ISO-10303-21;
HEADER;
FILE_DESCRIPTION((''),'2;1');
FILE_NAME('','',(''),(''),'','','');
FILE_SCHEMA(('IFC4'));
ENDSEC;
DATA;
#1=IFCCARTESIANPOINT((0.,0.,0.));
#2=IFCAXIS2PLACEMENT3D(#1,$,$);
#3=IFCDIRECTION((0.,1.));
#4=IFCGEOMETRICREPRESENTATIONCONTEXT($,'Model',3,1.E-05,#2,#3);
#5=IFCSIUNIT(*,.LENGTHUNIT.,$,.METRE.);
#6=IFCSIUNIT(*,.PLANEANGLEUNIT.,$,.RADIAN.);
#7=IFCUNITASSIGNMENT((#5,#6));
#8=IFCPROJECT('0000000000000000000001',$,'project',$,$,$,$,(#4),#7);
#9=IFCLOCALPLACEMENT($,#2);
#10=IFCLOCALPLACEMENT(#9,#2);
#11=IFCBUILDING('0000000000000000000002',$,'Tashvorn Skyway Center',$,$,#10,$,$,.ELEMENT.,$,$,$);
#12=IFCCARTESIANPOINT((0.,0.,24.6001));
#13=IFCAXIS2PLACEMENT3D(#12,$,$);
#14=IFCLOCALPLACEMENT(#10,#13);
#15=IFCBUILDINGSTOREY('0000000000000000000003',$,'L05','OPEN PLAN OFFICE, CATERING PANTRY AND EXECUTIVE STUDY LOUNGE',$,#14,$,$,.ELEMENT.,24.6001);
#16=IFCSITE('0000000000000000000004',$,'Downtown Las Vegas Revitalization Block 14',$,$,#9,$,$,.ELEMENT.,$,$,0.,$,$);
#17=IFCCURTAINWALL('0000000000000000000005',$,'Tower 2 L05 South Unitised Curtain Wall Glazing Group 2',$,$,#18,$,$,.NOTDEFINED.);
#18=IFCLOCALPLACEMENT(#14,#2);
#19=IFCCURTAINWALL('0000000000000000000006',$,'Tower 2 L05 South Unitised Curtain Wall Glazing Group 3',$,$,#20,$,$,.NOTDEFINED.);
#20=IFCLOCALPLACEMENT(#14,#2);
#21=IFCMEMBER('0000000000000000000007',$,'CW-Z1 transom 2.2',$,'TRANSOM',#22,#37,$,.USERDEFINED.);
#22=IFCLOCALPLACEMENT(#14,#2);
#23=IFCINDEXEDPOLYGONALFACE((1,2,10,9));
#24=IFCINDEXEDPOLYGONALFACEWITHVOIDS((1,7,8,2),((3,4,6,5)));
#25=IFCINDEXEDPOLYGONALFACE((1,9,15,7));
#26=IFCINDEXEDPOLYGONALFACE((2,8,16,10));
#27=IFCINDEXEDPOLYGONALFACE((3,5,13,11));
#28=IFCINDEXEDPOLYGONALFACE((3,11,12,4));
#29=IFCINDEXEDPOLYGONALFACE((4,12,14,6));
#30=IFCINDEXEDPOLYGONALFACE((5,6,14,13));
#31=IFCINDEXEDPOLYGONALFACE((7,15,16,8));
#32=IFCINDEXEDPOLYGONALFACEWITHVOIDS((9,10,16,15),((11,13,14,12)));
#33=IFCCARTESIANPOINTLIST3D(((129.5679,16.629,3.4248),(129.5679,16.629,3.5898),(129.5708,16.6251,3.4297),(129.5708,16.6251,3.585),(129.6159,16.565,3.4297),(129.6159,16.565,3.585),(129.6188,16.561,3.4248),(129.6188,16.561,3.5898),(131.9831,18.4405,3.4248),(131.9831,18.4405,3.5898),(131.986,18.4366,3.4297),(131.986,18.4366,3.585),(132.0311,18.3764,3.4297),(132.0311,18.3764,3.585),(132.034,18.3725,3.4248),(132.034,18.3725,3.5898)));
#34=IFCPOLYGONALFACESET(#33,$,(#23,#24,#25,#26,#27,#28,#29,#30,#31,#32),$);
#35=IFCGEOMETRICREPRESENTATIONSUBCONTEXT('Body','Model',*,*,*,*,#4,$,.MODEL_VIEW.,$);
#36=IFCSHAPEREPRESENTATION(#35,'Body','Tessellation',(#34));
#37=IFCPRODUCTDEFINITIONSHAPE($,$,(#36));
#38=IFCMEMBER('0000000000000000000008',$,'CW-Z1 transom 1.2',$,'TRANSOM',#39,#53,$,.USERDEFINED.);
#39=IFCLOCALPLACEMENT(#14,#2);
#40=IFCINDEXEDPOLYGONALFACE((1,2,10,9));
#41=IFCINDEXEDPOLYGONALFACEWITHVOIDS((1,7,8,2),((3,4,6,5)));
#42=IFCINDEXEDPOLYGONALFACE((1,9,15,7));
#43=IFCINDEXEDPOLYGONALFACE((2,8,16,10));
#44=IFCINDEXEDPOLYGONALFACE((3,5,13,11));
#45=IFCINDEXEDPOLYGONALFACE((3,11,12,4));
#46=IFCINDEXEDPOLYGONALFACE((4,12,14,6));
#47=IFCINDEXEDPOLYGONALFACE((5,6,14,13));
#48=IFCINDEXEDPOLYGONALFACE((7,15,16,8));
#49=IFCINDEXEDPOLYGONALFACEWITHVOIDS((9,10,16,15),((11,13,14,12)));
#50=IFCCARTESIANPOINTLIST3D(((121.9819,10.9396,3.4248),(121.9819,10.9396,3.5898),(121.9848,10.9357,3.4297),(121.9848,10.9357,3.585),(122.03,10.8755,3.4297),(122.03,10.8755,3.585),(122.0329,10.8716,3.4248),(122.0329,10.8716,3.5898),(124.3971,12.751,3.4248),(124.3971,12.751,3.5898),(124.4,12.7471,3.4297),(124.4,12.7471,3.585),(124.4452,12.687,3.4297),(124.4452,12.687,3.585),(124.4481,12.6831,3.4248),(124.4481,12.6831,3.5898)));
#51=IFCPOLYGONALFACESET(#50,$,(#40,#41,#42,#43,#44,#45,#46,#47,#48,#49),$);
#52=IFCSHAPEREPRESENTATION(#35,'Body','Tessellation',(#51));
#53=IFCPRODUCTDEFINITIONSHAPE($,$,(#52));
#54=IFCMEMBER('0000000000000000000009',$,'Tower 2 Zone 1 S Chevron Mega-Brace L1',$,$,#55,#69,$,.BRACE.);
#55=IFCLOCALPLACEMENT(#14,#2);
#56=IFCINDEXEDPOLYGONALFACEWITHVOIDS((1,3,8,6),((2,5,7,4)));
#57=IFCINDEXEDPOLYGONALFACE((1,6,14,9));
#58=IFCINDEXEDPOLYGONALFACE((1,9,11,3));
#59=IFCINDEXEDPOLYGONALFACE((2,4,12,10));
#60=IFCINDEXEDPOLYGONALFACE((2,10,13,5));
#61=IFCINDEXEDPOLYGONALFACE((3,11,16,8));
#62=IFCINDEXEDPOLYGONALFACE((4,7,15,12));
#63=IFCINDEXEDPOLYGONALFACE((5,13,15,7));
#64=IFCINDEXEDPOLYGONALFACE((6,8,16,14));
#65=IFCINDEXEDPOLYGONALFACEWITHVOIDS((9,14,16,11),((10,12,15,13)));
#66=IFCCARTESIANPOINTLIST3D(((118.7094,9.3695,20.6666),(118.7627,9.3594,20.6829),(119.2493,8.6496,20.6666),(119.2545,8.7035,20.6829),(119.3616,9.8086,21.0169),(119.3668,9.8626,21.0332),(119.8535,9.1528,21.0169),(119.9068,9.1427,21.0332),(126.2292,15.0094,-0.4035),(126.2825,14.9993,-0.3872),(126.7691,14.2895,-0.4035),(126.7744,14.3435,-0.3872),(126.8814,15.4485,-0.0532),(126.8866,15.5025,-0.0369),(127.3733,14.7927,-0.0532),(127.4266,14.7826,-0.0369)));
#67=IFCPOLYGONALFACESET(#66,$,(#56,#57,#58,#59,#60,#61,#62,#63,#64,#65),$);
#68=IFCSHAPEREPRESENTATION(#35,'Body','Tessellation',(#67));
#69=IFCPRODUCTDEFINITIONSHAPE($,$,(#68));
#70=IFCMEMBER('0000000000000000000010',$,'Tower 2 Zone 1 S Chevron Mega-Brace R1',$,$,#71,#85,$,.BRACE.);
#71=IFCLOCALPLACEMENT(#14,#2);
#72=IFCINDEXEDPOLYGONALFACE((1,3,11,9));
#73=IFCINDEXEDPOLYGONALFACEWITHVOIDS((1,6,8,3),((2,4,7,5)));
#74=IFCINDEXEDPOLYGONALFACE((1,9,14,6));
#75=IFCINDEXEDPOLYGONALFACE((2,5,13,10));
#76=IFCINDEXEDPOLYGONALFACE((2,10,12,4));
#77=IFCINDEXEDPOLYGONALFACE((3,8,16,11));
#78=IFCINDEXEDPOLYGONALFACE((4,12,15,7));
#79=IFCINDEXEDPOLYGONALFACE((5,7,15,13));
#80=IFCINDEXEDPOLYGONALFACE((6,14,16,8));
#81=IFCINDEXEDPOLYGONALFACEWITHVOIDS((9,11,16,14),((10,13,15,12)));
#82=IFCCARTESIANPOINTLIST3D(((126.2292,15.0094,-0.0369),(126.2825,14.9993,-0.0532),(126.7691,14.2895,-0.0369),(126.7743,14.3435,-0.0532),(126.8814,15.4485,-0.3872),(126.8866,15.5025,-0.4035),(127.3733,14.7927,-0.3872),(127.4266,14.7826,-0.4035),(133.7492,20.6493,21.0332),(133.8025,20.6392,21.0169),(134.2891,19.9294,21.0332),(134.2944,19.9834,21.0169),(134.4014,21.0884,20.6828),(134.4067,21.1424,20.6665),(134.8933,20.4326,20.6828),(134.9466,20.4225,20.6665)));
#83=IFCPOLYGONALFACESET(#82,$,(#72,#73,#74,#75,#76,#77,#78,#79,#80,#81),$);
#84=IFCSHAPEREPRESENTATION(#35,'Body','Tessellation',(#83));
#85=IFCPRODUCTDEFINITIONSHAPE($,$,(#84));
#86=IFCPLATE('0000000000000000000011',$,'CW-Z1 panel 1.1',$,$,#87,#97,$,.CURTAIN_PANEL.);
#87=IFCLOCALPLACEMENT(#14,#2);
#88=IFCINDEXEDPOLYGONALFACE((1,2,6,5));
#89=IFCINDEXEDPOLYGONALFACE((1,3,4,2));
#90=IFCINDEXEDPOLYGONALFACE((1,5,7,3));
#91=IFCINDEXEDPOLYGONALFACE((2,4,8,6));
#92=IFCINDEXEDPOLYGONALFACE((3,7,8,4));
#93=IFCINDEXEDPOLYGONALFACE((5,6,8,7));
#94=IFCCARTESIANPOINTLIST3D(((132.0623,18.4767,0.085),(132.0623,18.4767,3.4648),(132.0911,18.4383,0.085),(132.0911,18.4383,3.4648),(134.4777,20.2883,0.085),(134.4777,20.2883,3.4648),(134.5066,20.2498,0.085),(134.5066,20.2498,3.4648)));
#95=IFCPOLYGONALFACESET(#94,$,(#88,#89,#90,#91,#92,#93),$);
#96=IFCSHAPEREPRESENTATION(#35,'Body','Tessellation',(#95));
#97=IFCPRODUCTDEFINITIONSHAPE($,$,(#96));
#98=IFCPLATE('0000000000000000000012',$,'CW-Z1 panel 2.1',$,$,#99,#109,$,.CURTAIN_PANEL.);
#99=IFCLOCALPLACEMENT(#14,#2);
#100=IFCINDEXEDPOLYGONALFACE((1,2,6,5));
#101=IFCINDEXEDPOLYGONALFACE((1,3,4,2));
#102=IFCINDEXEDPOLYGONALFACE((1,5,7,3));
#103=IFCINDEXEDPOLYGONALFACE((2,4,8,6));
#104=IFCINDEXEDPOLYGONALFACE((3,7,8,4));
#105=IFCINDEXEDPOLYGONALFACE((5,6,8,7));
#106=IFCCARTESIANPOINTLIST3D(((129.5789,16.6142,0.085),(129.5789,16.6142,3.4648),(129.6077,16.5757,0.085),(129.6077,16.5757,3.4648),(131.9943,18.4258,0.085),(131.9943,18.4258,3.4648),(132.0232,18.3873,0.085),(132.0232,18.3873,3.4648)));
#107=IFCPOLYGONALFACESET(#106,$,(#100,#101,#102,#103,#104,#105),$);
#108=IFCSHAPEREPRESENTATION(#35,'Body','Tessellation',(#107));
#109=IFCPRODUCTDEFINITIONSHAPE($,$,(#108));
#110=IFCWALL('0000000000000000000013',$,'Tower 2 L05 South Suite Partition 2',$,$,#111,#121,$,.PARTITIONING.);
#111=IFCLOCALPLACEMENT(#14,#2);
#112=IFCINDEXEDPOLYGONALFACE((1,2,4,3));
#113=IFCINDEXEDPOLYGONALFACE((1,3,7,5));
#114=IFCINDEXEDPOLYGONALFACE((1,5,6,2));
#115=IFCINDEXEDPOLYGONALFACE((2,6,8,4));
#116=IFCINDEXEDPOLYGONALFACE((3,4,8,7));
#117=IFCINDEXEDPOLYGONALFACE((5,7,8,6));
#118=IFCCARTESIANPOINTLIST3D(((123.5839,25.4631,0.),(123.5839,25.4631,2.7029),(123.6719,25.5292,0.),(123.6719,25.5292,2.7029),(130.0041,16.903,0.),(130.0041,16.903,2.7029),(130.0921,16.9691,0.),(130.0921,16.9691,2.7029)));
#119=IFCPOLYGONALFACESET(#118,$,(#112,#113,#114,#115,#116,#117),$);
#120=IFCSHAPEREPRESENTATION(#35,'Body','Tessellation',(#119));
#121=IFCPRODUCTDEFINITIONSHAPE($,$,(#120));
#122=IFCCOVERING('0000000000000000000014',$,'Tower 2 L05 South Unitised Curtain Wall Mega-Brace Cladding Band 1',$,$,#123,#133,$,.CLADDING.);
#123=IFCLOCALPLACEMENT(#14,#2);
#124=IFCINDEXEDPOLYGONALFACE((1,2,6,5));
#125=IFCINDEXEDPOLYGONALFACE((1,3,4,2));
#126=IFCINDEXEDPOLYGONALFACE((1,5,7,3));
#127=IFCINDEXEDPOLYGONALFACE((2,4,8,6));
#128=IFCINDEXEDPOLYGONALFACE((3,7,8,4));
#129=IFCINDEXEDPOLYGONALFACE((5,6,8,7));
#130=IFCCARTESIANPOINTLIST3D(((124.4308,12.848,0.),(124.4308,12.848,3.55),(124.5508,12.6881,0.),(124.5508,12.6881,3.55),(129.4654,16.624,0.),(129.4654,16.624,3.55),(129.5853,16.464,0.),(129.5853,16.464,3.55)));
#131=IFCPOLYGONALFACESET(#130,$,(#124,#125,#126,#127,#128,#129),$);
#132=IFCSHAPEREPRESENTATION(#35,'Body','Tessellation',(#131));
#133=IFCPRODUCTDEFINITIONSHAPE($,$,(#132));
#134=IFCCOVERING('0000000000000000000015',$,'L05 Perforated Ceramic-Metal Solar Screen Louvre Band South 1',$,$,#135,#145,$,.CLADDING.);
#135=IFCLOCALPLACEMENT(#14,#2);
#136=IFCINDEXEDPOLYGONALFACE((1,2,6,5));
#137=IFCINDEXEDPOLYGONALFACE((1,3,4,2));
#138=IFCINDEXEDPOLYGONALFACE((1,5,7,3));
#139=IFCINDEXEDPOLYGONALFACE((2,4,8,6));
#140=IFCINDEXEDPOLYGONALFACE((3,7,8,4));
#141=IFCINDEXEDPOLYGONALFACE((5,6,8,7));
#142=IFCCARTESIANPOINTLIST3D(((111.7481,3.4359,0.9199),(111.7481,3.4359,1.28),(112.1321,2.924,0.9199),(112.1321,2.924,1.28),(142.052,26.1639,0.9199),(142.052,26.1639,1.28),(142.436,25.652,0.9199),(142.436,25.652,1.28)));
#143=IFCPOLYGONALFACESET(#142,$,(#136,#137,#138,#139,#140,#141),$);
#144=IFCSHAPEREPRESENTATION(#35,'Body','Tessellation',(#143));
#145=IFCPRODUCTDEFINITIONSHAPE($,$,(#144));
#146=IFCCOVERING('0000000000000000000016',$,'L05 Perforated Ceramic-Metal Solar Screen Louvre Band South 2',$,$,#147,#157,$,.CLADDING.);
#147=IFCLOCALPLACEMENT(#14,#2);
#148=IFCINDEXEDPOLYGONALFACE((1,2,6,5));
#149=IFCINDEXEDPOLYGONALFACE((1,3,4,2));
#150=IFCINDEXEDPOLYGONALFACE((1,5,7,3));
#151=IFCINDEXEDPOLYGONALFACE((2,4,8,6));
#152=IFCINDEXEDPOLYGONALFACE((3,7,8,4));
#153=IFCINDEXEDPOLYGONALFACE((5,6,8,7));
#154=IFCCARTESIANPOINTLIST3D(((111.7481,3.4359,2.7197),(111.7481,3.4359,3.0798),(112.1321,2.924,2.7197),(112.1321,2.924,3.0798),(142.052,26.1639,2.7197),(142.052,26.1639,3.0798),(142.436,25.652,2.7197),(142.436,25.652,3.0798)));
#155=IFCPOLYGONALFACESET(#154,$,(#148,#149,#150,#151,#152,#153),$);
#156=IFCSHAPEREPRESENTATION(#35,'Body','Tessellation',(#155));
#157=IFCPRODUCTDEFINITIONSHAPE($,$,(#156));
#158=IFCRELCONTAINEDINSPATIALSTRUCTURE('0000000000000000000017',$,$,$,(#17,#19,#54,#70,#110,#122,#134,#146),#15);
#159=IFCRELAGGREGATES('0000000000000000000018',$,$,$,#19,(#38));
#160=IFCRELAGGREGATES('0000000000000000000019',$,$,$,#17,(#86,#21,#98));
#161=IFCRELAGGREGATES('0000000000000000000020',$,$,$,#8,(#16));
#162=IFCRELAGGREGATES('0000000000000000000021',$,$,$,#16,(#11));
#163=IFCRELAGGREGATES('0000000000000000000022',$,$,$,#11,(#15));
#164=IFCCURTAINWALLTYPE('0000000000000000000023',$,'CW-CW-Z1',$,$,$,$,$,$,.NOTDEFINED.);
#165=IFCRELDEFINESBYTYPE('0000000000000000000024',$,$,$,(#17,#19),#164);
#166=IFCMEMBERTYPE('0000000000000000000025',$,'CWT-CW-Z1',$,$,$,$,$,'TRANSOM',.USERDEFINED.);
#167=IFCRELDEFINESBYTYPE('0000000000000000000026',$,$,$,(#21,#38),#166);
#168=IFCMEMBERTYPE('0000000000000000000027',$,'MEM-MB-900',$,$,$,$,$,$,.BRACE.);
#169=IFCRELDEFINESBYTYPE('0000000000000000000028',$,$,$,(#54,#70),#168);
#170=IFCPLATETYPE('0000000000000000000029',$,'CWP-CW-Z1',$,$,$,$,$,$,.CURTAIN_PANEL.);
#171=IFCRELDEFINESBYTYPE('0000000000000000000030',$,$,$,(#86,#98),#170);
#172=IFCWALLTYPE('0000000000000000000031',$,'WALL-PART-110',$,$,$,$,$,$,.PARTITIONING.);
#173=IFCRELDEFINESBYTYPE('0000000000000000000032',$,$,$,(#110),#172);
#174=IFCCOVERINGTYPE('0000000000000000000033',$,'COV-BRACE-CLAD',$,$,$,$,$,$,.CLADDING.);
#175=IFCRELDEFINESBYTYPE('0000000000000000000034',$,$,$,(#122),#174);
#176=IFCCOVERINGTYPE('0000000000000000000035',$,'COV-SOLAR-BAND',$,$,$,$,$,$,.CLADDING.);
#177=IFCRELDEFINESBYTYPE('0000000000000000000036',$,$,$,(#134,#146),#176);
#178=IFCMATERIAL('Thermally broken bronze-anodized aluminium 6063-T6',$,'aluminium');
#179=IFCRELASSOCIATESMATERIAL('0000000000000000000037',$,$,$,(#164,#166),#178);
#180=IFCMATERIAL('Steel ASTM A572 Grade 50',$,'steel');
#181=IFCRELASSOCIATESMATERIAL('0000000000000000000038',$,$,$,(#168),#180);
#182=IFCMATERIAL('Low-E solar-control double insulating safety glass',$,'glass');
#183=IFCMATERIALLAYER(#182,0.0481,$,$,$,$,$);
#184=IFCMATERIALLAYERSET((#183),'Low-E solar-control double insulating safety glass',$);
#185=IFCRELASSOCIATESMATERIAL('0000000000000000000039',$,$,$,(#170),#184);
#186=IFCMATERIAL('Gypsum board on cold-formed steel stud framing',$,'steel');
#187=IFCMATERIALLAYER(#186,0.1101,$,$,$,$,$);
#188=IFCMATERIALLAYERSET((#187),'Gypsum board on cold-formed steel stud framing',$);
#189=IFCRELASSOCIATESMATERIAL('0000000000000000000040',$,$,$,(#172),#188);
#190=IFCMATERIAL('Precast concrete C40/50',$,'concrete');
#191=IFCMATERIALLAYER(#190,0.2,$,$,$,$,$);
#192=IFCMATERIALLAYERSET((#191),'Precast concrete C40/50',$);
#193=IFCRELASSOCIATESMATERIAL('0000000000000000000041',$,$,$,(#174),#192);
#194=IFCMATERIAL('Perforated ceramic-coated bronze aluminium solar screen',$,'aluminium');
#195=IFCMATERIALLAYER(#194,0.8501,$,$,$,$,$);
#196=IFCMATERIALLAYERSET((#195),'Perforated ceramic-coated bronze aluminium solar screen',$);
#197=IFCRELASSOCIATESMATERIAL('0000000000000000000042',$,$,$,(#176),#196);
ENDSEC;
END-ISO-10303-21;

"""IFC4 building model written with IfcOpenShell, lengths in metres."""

from ifc_helpers import new_model, si_unit, direction, frame, frame_2d, origin, origin_2d, place, context, subcontext, project, spatial, rectangle, hollow_rectangle, extrude, material, layer, layer_set, material_profile, profile_set, type_object, element, aggregate, save


model = new_model("IFC4")

# Units and contexts
model_context = context("Model", 3, precision=1e-05, world=origin(), true_north=direction((0.0, 1.0)))
body_context = subcontext(model_context, "Body", "Model", "MODEL_VIEW")
ifc_project = project(units=[si_unit("LENGTHUNIT", "METRE"), si_unit("PLANEANGLEUNIT", "RADIAN")], contexts=[model_context])

# Site, building, storey
site_placement = place(None, origin())
site = spatial("IfcSite", under=ifc_project, at=site_placement, Name="Downtown Las Vegas Revitalization Block 14", CompositionType="ELEMENT", RefElevation=0.0)
building_placement = place(site_placement, origin())
building = spatial("IfcBuilding", under=site, at=building_placement, Name="Tashvorn Skyway Center", CompositionType="ELEMENT")
storey_placement = place(building_placement, frame((0.0, 0.0, 24.6001)))
storey = spatial("IfcBuildingStorey", under=building, at=storey_placement, Name="L05", Description="OPEN PLAN OFFICE, CATERING PANTRY AND EXECUTIVE STUDY LOUNGE", CompositionType="ELEMENT", Elevation=24.6001)

# Shared definitions
ifc_material_1 = material(Name="Steel ASTM A572 Grade 50", Category="steel")

# Curtain wall
ifc_material_2 = material(Name="Thermally broken bronze-anodized aluminium 6063-T6", Category="aluminium")
curtain_wall_type = type_object("IfcCurtainWallType", Name="CW-CW-Z1", PredefinedType="NOTDEFINED", material=ifc_material_2)
curtain_wall_1_placement = place(storey_placement, origin())
curtain_wall_1 = element("IfcCurtainWall", 1, at=curtain_wall_1_placement, inside=storey, type_object=curtain_wall_type, Name="Tower 2 L05 South Unitised Curtain Wall Glazing Group 2", PredefinedType="NOTDEFINED")

# Curtain wall
curtain_wall_2_placement = place(storey_placement, origin())
curtain_wall_2 = element("IfcCurtainWall", 2, at=curtain_wall_2_placement, inside=storey, type_object=curtain_wall_type, Name="Tower 2 L05 South Unitised Curtain Wall Glazing Group 3", PredefinedType="NOTDEFINED")

# Members
ifc_material_profile_1 = material_profile(ifc_material_2, hollow_rectangle(XDim=0.085, YDim=0.165, WallThickness=0.0049, at=origin_2d()), Name="ALU-TRAN-85x165")
ifc_profile_set_1 = profile_set([ifc_material_profile_1], Name="Thermally broken bronze-anodized aluminium 6063-T6")
member_type_1 = type_object("IfcMemberType", Name="CWT-CW-Z1", ElementType="TRANSOM", PredefinedType="USERDEFINED", material=ifc_profile_set_1)
member_1_placement = place(storey_placement, frame((132.0085, 18.4065, 3.5073), z_axis=(-0.79999, -0.600013, 0.0), x_axis=(0.600013, -0.79999, 0.0)))
member_1 = element("IfcMember", 3, at=member_1_placement, type_object=member_type_1, Name="CW-Z1 transom 2.2", ObjectType="TRANSOM", PredefinedType="USERDEFINED", context=body_context, shape_type="SweptSolid", body=[
    extrude(hollow_rectangle(XDim=0.085, YDim=0.165, WallThickness=0.0049, at=origin_2d()), origin(), (0.0, 0.0, 1.0), 3.019),
])
member_2_placement = place(storey_placement, frame((124.4226, 12.717, 3.5073), z_axis=(-0.79999, -0.600013, 0.0), x_axis=(0.600013, -0.79999, 0.0)))
member_2 = element("IfcMember", 4, at=member_2_placement, type_object=member_type_1, Name="CW-Z1 transom 1.2", ObjectType="TRANSOM", PredefinedType="USERDEFINED", context=body_context, shape_type="SweptSolid", body=[
    extrude(hollow_rectangle(XDim=0.085, YDim=0.165, WallThickness=0.0049, at=origin_2d()), origin(), (0.0, 0.0, 1.0), 3.019),
])
aggregate(curtain_wall_2, [member_2])

# Members
ifc_material_profile_2 = material_profile(ifc_material_1, hollow_rectangle(XDim=0.8999, YDim=0.8999, WallThickness=0.04, at=origin_2d()), Name="BOX900x900x40")
ifc_profile_set_2 = profile_set([ifc_material_profile_2], Name="Steel ASTM A572 Grade 50")
member_type_2 = type_object("IfcMemberType", Name="MEM-MB-900", PredefinedType="BRACE", material=ifc_profile_set_2)
for number, where, z_axis, x_axis, name in (
    (5, (126.8279, 14.896, -0.2202), (-0.325931, -0.244451, 0.913243), (0.600004, -0.799997, 0.0), "Tower 2 Zone 1 S Chevron Mega-Brace L1"),
    (6, (126.8279, 14.896, -0.2202), (0.32594, 0.24445, 0.91324), (-0.599992, 0.800006, 0.0), "Tower 2 Zone 1 S Chevron Mega-Brace R1"),
):
    element("IfcMember", number, at=place(storey_placement, frame(where, z_axis=z_axis, x_axis=x_axis)), inside=storey, type_object=member_type_2, Name=name, PredefinedType="BRACE", context=body_context, shape_type="SweptSolid", body=[
        extrude(hollow_rectangle(XDim=0.8999, YDim=0.8999, WallThickness=0.04, at=origin_2d()), origin(), (0.0, 0.0, 1.0), 23.0718),
    ])

# Plates
ifc_material_3 = material(Name="Low-E solar-control double insulating safety glass", Category="glass")
ifc_layer_1 = layer(ifc_material_3, 0.0481)
ifc_layer_set_1 = layer_set([ifc_layer_1], Name="Low-E solar-control double insulating safety glass")
plate_type = type_object("IfcPlateType", Name="CWP-CW-Z1", PredefinedType="CURTAIN_PANEL", material=ifc_layer_set_1)
plate_1_placement = place(storey_placement, frame((133.2844, 19.3633, 0.085), z_axis=(0.0, 0.0, 1.0), x_axis=(-0.800002, -0.599997, 0.0)))
plate_1 = element("IfcPlate", 7, at=plate_1_placement, type_object=plate_type, Name="CW-Z1 panel 1.1", PredefinedType="CURTAIN_PANEL", context=body_context, shape_type="SweptSolid", body=[
    extrude(rectangle(XDim=3.0193, YDim=0.0481, at=origin_2d()), origin(), (0.0, 0.0, 1.0), 3.3799),
])
plate_2_placement = place(storey_placement, frame((130.801, 17.5007, 0.085), z_axis=(0.0, 0.0, 1.0), x_axis=(-0.800002, -0.599997, 0.0)))
plate_2 = element("IfcPlate", 8, at=plate_2_placement, type_object=plate_type, Name="CW-Z1 panel 2.1", PredefinedType="CURTAIN_PANEL", context=body_context, shape_type="SweptSolid", body=[
    extrude(rectangle(XDim=3.0193, YDim=0.0481, at=origin_2d()), origin(), (0.0, 0.0, 1.0), 3.3799),
])
aggregate(curtain_wall_1, [plate_1, member_1, plate_2])

# Wall
ifc_material_4 = material(Name="Gypsum board on cold-formed steel stud framing", Category="steel")
ifc_layer_2 = layer(ifc_material_4, 0.1101)
ifc_layer_set_2 = layer_set([ifc_layer_2], Name="Gypsum board on cold-formed steel stud framing")
wall_type = type_object("IfcWallType", Name="WALL-PART-110", PredefinedType="PARTITIONING", material=ifc_layer_set_2)
wall_placement = place(storey_placement, frame((130.0481, 16.936, 0.0), z_axis=(0.0, 0.0, 1.0), x_axis=(-0.600007, 0.799995, 0.0)))
element("IfcWall", 9, at=wall_placement, inside=storey, type_object=wall_type, Name="Tower 2 L05 South Suite Partition 2", PredefinedType="PARTITIONING", context=body_context, shape_type="SweptSolid", body=[
    extrude(rectangle(XDim=10.7002, YDim=0.1101, at=frame_2d((5.3501, 0.0))), origin(), (0.0, 0.0, 1.0), 2.7029),
])

# Coverings
ifc_material_5 = material(Name="Precast concrete C40/50", Category="concrete")
ifc_layer_3 = layer(ifc_material_5, 0.2)
ifc_layer_set_3 = layer_set([ifc_layer_3], Name="Precast concrete C40/50")
covering_type_1 = type_object("IfcCoveringType", Name="COV-BRACE-CLAD", PredefinedType="CLADDING", material=ifc_layer_set_3)
covering_placement = place(storey_placement, frame((127.0081, 14.656, 0.0), z_axis=(0.0, 0.0, 1.0), x_axis=(-0.8, -0.6, 0.0)))
element("IfcCovering", 10, at=covering_placement, inside=storey, type_object=covering_type_1, Name="Tower 2 L05 South Unitised Curtain Wall Mega-Brace Cladding Band 1", PredefinedType="CLADDING", context=body_context, shape_type="SweptSolid", body=[
    extrude(rectangle(XDim=6.2932, YDim=0.2, at=origin_2d()), origin(), (0.0, 0.0, 1.0), 3.55),
])
ifc_material_6 = material(Name="Perforated ceramic-coated bronze aluminium solar screen", Category="aluminium")
ifc_layer_4 = layer(ifc_material_6, 0.8501)
ifc_layer_set_4 = layer_set([ifc_layer_4], Name="Perforated ceramic-coated bronze aluminium solar screen")
covering_type_2 = type_object("IfcCoveringType", Name="COV-SOLAR-BAND", PredefinedType="CLADDING", material=ifc_layer_set_4)
for number, where, z_axis, x_axis, name in (
    (11, (127.092, 14.5439, 0.9199), (0.0, 0.0, 1.0), (-0.8, -0.6, 0.0), "L05 Perforated Ceramic-Metal Solar Screen Louvre Band South 1"),
    (12, (127.092, 14.5439, 2.7197), (0.0, 0.0, 1.0), (-0.8, -0.6, 0.0), "L05 Perforated Ceramic-Metal Solar Screen Louvre Band South 2"),
):
    element("IfcCovering", number, at=place(storey_placement, frame(where, z_axis=z_axis, x_axis=x_axis)), inside=storey, type_object=covering_type_2, Name=name, PredefinedType="CLADDING", context=body_context, shape_type="SweptSolid", body=[
        extrude(rectangle(XDim=37.8799, YDim=0.6399, at=origin_2d()), origin(), (0.0, 0.0, 1.0), 0.3601),
    ])

save(model, "model.ifc")
